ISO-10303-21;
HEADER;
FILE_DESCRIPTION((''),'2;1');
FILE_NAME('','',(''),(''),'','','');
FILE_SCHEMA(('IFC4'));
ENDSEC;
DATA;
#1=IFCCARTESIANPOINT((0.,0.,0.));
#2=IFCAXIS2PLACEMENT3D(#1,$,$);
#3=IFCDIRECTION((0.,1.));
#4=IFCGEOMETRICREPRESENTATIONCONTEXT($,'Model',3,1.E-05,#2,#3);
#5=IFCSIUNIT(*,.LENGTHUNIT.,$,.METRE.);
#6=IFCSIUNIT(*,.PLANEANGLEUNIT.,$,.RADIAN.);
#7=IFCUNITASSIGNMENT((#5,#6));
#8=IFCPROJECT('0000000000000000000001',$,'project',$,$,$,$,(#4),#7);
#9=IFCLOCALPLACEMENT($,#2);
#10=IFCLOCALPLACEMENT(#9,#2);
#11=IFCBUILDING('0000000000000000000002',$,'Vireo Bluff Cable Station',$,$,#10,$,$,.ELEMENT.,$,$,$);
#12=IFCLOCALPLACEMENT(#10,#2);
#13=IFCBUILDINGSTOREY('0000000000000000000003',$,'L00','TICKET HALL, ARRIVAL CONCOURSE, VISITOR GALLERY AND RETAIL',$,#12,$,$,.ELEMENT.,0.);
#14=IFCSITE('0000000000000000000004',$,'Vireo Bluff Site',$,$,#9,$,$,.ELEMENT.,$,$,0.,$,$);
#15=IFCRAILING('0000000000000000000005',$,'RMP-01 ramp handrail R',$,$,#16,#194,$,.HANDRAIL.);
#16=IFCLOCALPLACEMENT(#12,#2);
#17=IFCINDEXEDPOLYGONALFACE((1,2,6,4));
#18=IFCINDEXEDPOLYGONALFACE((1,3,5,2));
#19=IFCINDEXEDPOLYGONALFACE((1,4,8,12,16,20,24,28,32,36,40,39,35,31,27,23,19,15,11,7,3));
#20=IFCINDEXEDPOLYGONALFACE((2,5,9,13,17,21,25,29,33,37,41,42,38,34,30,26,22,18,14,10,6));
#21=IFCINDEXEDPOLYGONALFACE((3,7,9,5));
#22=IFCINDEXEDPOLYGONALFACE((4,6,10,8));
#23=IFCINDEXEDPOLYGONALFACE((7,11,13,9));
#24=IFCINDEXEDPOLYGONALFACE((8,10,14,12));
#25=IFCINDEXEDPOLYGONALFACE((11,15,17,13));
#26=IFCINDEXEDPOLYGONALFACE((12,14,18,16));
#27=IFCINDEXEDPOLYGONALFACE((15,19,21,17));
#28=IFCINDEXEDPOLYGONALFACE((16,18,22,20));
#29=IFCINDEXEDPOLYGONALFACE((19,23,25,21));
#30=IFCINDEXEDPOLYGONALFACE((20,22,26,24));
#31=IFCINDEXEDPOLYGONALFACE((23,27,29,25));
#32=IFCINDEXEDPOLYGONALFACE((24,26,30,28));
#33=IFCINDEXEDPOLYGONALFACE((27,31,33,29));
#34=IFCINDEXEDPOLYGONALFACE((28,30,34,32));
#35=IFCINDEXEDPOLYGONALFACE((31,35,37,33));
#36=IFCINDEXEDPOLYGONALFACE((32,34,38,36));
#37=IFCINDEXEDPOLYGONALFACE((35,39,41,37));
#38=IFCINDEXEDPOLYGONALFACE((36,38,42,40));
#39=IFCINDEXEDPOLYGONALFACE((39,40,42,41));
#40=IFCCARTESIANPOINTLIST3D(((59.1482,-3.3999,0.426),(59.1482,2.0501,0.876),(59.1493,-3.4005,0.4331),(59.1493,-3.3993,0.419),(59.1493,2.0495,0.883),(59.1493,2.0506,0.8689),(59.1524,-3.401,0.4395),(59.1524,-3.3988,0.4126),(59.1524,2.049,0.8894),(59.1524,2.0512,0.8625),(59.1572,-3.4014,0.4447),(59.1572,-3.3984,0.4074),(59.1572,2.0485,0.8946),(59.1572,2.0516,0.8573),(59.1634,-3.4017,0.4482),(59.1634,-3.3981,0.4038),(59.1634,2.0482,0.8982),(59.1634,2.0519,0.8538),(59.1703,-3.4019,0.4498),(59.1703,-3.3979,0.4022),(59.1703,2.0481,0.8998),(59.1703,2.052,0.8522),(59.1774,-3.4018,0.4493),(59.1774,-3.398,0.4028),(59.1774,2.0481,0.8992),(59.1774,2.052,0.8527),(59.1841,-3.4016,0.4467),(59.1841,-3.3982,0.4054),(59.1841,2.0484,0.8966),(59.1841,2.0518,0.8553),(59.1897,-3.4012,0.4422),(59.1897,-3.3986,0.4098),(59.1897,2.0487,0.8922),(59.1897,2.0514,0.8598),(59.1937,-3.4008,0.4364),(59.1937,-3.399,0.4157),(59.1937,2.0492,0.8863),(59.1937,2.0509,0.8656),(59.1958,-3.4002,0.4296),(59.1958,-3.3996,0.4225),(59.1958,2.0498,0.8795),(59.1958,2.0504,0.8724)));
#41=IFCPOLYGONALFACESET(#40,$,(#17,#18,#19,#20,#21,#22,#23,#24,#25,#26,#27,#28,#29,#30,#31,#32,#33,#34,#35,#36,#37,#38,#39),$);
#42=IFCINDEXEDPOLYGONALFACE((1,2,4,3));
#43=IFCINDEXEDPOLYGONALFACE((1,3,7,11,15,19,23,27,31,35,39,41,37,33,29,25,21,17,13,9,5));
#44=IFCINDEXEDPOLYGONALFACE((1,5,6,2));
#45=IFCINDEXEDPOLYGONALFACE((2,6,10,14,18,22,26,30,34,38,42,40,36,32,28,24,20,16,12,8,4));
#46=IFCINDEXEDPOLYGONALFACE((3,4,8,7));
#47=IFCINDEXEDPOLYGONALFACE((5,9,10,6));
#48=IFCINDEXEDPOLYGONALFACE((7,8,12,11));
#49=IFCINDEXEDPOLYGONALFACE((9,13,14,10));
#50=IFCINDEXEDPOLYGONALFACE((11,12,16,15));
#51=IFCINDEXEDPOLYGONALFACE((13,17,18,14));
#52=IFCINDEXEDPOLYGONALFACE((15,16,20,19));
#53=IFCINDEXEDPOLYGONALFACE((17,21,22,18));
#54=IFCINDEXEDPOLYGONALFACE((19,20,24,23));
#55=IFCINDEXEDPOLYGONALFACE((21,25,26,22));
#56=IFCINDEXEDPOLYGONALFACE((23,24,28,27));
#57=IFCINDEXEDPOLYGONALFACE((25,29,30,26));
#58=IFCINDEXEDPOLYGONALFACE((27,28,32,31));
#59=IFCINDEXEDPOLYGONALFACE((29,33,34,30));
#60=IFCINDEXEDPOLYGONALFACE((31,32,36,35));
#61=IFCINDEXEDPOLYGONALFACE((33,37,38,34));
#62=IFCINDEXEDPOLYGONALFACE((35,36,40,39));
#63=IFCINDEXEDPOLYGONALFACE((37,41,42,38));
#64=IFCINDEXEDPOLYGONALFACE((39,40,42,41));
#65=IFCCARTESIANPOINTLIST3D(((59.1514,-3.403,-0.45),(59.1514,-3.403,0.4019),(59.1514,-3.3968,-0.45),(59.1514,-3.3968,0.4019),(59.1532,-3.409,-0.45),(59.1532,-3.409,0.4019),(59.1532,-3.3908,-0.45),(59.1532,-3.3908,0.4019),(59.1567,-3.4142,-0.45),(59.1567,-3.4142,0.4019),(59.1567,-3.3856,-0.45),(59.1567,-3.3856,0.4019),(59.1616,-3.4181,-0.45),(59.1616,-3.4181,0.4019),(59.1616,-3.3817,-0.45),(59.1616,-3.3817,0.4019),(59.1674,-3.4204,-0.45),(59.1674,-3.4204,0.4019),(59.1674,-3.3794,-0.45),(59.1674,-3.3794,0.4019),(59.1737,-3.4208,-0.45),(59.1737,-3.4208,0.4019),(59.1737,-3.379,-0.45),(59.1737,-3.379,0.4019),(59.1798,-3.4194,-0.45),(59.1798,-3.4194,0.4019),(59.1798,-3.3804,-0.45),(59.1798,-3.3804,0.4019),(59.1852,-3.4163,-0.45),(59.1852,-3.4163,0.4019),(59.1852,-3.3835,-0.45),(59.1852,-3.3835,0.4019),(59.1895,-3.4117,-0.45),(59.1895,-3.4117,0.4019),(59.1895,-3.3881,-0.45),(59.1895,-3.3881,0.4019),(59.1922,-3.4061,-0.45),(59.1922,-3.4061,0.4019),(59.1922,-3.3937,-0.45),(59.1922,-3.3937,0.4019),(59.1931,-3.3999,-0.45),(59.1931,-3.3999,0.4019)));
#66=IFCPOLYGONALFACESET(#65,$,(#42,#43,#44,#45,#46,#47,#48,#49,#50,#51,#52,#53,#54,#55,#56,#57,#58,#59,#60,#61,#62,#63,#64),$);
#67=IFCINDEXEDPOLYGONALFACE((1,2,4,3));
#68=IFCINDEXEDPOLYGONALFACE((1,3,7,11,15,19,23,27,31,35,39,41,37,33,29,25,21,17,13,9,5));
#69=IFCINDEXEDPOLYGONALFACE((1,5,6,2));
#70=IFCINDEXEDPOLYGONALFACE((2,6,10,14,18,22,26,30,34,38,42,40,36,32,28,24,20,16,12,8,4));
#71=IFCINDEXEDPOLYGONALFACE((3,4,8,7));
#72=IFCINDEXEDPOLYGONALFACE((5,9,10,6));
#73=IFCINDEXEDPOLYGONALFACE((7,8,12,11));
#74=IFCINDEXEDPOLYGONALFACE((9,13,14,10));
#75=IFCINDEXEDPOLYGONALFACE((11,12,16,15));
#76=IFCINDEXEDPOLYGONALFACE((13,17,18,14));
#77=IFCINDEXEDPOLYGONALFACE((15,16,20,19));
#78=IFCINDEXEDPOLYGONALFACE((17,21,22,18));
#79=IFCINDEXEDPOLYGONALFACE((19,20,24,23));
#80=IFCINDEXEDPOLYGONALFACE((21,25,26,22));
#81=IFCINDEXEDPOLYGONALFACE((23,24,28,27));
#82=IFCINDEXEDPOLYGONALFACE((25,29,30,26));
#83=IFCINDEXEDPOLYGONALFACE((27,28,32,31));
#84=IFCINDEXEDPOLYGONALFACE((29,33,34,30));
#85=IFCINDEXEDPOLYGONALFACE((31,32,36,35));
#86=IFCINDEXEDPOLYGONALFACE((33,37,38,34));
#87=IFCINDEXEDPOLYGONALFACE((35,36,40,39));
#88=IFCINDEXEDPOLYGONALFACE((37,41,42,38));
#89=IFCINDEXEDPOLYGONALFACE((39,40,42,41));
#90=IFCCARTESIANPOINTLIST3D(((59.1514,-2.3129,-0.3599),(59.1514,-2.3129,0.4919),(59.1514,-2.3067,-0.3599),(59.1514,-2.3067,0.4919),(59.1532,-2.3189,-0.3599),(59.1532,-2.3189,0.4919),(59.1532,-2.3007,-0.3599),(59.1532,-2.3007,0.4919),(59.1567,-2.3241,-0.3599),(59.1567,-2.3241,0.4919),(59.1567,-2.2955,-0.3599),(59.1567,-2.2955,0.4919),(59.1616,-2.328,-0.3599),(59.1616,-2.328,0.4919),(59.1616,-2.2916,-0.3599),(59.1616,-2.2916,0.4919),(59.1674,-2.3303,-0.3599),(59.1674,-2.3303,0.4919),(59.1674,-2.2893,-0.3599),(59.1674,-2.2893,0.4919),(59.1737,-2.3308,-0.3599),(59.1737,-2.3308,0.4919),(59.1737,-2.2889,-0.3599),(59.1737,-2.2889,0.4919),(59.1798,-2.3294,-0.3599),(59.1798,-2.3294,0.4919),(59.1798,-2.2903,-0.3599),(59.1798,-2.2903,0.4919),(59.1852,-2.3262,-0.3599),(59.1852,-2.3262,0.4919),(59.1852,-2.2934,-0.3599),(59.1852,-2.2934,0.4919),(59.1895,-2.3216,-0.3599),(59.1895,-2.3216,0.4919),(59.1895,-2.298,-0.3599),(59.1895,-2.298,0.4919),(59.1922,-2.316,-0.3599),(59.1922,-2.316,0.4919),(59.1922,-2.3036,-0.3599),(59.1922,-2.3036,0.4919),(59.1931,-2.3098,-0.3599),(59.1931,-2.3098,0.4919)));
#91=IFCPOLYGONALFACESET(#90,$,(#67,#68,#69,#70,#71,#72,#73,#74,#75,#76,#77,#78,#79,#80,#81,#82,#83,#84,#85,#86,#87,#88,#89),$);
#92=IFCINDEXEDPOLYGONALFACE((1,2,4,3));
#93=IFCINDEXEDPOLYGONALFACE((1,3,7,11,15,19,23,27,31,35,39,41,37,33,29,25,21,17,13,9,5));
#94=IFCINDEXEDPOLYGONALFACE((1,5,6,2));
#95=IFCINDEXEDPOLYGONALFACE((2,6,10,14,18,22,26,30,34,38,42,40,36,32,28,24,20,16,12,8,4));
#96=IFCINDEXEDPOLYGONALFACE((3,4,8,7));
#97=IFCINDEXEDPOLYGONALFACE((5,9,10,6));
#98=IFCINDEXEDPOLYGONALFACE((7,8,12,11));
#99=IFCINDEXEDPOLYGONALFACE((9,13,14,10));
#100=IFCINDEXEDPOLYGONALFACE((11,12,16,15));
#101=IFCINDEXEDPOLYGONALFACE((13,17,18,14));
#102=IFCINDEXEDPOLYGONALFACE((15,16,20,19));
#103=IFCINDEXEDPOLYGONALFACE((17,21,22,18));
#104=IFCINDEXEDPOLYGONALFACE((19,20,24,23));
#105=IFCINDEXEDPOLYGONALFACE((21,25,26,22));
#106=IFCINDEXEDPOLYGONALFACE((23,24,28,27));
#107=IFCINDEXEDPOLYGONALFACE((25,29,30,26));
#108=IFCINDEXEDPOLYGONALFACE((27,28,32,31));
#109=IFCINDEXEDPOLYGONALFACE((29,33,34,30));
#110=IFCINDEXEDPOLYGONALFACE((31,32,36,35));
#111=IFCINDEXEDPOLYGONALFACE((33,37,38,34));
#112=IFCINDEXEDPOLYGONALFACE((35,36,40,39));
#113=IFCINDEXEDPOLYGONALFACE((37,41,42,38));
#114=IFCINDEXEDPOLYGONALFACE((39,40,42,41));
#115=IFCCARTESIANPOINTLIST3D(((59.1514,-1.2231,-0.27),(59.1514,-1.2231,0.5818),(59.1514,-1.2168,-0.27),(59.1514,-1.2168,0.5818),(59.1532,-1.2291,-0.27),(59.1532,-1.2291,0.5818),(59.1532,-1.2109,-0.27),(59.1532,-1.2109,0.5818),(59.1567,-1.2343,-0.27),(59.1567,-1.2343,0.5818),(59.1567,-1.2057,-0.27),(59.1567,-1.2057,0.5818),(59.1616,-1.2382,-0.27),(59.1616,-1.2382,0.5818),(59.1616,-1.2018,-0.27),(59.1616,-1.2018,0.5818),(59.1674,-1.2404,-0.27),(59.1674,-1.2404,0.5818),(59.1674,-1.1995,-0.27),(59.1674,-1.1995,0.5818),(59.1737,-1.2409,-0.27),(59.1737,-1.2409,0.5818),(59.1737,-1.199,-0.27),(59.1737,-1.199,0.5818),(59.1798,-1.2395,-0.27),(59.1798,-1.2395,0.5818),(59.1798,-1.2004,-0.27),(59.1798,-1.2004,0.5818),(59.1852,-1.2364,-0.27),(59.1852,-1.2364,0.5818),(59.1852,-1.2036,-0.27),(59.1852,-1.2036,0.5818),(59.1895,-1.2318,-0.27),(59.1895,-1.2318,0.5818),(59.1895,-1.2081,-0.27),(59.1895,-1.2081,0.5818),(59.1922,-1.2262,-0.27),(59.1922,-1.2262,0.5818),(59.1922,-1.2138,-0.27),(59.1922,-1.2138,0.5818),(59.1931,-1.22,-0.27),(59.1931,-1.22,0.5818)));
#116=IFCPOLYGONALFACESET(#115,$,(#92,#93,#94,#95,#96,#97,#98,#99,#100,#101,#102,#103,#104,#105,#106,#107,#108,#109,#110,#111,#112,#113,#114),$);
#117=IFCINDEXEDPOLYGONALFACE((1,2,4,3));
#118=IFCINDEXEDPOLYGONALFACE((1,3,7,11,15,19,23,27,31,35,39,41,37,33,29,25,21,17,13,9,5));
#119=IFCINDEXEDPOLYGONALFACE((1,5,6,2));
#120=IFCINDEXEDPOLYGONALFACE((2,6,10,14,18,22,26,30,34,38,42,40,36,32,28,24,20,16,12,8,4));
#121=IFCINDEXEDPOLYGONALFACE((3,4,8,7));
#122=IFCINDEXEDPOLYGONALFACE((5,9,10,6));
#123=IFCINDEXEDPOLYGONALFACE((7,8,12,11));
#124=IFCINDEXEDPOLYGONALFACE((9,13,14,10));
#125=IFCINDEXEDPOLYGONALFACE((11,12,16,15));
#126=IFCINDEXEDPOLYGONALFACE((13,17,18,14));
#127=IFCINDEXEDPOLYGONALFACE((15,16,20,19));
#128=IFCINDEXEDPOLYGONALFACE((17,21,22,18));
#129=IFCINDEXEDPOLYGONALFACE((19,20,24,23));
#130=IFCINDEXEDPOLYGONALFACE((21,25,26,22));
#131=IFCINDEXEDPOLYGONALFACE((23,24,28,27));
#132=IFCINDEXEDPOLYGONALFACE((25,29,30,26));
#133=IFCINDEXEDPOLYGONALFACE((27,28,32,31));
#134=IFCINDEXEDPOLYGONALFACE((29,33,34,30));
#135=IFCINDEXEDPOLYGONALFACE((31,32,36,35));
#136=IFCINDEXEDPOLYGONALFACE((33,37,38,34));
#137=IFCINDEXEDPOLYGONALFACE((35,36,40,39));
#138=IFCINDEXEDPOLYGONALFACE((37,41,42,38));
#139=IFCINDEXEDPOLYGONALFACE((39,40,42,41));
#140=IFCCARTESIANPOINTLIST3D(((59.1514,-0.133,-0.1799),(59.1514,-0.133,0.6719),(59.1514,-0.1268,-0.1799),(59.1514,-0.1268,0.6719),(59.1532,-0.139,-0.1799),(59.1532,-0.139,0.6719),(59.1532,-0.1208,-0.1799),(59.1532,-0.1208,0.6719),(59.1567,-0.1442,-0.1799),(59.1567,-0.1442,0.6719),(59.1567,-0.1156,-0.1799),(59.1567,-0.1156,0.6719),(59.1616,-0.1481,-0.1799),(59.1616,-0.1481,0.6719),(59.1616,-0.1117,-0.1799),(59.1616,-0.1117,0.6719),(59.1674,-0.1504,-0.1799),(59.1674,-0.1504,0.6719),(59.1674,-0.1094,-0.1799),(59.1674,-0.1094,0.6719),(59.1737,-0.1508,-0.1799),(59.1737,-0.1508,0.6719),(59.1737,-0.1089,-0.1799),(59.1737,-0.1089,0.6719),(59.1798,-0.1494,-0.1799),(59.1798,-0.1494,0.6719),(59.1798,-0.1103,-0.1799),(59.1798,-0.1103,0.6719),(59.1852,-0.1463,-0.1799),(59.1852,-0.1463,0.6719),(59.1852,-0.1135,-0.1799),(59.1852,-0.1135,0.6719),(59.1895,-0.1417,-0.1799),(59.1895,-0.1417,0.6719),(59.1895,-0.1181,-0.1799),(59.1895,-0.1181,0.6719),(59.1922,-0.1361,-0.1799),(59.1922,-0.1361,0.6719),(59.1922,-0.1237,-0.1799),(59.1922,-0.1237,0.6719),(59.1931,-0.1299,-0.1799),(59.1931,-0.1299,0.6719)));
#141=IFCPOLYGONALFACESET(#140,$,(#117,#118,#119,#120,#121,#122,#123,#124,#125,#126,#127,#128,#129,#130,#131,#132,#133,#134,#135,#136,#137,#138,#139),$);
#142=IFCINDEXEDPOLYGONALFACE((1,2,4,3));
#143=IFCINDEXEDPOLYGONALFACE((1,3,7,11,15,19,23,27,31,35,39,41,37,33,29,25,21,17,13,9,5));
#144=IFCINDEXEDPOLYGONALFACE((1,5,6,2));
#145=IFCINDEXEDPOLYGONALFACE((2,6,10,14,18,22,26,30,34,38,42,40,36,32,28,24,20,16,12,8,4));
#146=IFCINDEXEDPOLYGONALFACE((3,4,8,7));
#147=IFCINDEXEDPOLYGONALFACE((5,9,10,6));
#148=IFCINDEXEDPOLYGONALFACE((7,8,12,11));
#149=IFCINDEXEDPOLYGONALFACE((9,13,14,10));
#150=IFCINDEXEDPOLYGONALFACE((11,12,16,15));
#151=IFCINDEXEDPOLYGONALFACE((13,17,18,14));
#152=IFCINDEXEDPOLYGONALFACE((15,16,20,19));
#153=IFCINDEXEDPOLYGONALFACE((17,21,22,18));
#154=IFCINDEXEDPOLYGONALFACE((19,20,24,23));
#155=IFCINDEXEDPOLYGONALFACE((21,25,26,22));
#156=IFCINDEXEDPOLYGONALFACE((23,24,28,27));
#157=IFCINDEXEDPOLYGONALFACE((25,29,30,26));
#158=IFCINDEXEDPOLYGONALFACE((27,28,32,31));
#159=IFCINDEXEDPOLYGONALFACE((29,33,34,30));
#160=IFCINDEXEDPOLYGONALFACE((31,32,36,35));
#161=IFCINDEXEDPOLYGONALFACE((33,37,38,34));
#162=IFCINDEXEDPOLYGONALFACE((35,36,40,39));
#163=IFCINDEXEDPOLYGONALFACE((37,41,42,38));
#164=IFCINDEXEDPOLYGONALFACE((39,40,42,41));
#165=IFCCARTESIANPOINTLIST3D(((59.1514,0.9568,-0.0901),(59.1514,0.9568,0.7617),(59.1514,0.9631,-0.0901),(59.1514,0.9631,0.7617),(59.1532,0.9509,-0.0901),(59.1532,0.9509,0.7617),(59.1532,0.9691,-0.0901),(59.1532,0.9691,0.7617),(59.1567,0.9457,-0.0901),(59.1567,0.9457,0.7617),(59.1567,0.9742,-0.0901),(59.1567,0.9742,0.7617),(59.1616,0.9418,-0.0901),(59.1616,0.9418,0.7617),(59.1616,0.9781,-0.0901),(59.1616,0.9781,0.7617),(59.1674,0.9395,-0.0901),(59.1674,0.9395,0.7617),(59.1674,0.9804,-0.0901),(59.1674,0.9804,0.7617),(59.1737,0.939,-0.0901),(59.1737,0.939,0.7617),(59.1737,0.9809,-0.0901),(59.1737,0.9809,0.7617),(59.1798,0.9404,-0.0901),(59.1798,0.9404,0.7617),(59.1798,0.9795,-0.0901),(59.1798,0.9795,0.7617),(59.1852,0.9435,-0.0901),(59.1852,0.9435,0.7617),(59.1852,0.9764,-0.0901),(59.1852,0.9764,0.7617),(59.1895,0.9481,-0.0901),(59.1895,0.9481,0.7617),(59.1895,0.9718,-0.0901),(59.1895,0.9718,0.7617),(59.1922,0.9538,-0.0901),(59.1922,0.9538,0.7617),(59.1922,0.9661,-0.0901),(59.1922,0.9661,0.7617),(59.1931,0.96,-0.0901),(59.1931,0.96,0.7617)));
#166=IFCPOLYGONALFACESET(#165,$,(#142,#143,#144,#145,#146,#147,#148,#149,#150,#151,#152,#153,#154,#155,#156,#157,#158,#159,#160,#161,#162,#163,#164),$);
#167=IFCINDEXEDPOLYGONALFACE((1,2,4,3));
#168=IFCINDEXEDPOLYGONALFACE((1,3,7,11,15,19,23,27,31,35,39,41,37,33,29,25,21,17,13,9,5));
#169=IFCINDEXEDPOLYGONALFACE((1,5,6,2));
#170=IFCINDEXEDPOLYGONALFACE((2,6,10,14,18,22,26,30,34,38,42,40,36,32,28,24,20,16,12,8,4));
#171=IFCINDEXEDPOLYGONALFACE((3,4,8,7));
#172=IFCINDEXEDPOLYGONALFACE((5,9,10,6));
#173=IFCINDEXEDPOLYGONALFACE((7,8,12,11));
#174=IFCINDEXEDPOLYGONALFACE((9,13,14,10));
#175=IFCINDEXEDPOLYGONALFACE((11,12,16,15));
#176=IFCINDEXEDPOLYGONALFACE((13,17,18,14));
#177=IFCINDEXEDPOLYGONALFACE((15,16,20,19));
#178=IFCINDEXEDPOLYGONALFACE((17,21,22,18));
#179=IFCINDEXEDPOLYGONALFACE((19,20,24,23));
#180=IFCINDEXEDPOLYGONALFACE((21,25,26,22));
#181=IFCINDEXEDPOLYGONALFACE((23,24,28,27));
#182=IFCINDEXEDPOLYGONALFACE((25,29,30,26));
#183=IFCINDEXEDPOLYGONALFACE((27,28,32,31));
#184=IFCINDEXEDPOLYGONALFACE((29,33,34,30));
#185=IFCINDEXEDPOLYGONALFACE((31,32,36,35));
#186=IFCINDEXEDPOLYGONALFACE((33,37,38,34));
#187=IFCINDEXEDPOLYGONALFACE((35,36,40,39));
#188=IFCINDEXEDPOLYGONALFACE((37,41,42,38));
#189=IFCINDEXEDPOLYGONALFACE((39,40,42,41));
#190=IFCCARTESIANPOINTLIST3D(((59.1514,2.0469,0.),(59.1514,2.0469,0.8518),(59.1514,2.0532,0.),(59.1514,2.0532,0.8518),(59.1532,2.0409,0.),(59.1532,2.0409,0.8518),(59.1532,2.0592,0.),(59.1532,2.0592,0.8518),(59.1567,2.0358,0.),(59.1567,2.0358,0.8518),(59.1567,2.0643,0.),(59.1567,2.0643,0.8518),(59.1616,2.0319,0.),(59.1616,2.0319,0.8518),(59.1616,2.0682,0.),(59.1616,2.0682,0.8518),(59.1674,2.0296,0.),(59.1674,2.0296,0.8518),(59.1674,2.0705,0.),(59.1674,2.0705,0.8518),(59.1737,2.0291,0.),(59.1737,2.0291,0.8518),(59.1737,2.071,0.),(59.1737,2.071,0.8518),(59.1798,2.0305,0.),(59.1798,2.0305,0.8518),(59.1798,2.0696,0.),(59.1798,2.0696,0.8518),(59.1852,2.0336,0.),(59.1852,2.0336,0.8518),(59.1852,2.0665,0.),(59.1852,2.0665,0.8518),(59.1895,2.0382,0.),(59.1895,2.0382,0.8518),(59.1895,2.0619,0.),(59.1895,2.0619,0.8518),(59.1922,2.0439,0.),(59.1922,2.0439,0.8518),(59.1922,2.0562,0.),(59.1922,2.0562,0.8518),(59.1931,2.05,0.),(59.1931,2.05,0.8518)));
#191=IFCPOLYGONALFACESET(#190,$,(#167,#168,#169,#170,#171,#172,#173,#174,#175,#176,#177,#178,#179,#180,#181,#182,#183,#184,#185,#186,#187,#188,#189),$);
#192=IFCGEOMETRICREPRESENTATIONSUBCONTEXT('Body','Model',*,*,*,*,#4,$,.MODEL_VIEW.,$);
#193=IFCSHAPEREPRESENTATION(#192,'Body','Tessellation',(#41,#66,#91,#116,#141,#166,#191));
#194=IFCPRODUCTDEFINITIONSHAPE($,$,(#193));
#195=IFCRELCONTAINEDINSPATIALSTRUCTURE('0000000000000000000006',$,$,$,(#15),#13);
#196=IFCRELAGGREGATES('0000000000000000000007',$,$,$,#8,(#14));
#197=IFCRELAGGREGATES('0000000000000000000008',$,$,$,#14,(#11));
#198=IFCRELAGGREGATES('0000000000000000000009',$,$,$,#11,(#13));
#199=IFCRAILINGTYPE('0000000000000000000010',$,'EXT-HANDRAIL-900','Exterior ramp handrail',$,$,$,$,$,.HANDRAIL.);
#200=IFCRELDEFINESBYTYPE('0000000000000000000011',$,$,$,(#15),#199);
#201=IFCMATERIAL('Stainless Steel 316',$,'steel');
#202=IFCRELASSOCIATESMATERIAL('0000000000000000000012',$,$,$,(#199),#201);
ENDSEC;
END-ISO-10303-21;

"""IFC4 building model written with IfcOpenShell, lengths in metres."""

from ifc_helpers import new_model, si_unit, direction, frame, origin, origin_2d, place, context, subcontext, project, spatial, circle, extrude, material, type_object, element, save


model = new_model("IFC4")

# Units and contexts
model_context = context("Model", 3, precision=1e-05, world=origin(), true_north=direction((0.0, 1.0)))
body_context = subcontext(model_context, "Body", "Model", "MODEL_VIEW")
ifc_project = project(units=[si_unit("LENGTHUNIT", "METRE"), si_unit("PLANEANGLEUNIT", "RADIAN")], contexts=[model_context])

# Site, building, storey
site_placement = place(None, origin())
site = spatial("IfcSite", under=ifc_project, at=site_placement, Name="Vireo Bluff Site", CompositionType="ELEMENT", RefElevation=0.0)
building_placement = place(site_placement, origin())
building = spatial("IfcBuilding", under=site, at=building_placement, Name="Vireo Bluff Cable Station", CompositionType="ELEMENT")
storey_placement = place(building_placement, origin())
storey = spatial("IfcBuildingStorey", under=building, at=storey_placement, Name="L00", Description="TICKET HALL, ARRIVAL CONCOURSE, VISITOR GALLERY AND RETAIL", CompositionType="ELEMENT", Elevation=0.0)

# Railing
ifc_material_1 = material(Name="Stainless Steel 316", Category="steel")
railing_type = type_object("IfcRailingType", Name="EXT-HANDRAIL-900", Description="Exterior ramp handrail", PredefinedType="HANDRAIL", material=ifc_material_1)
for number, where, name in (
    (1, (59.1721, -3.3999, -0.45), "RMP-01 ramp handrail R"),
):
    element("IfcRailing", number, at=place(storey_placement, frame(where)), inside=storey, type_object=railing_type, Name=name, PredefinedType="HANDRAIL", context=body_context, shape_type="SweptSolid", body=[
        extrude(circle(Radius=0.0239, at=origin_2d()), frame((0.0, 0.0, 0.876), z_axis=(0.0, 0.996609, 0.082281), x_axis=(-1.0, 0.0, 0.0)), (0.0, 0.0, 1.0), 5.4685),
        extrude(circle(Radius=0.021, at=origin_2d()), origin(), (0.0, 0.0, 1.0), 0.8518),
        extrude(circle(Radius=0.021, at=origin_2d()), frame((0.0, 1.0901, 0.0901)), (0.0, 0.0, 1.0), 0.8518),
        extrude(circle(Radius=0.021, at=origin_2d()), frame((0.0, 2.1799, 0.1799)), (0.0, 0.0, 1.0), 0.8518),
        extrude(circle(Radius=0.021, at=origin_2d()), frame((0.0, 3.27, 0.27)), (0.0, 0.0, 1.0), 0.8518),
        extrude(circle(Radius=0.021, at=origin_2d()), frame((0.0, 4.3599, 0.3599)), (0.0, 0.0, 1.0), 0.8518),
        extrude(circle(Radius=0.021, at=origin_2d()), frame((0.0, 5.45, 0.45)), (0.0, 0.0, 1.0), 0.8518),
    ])

save(model, "model.ifc")
